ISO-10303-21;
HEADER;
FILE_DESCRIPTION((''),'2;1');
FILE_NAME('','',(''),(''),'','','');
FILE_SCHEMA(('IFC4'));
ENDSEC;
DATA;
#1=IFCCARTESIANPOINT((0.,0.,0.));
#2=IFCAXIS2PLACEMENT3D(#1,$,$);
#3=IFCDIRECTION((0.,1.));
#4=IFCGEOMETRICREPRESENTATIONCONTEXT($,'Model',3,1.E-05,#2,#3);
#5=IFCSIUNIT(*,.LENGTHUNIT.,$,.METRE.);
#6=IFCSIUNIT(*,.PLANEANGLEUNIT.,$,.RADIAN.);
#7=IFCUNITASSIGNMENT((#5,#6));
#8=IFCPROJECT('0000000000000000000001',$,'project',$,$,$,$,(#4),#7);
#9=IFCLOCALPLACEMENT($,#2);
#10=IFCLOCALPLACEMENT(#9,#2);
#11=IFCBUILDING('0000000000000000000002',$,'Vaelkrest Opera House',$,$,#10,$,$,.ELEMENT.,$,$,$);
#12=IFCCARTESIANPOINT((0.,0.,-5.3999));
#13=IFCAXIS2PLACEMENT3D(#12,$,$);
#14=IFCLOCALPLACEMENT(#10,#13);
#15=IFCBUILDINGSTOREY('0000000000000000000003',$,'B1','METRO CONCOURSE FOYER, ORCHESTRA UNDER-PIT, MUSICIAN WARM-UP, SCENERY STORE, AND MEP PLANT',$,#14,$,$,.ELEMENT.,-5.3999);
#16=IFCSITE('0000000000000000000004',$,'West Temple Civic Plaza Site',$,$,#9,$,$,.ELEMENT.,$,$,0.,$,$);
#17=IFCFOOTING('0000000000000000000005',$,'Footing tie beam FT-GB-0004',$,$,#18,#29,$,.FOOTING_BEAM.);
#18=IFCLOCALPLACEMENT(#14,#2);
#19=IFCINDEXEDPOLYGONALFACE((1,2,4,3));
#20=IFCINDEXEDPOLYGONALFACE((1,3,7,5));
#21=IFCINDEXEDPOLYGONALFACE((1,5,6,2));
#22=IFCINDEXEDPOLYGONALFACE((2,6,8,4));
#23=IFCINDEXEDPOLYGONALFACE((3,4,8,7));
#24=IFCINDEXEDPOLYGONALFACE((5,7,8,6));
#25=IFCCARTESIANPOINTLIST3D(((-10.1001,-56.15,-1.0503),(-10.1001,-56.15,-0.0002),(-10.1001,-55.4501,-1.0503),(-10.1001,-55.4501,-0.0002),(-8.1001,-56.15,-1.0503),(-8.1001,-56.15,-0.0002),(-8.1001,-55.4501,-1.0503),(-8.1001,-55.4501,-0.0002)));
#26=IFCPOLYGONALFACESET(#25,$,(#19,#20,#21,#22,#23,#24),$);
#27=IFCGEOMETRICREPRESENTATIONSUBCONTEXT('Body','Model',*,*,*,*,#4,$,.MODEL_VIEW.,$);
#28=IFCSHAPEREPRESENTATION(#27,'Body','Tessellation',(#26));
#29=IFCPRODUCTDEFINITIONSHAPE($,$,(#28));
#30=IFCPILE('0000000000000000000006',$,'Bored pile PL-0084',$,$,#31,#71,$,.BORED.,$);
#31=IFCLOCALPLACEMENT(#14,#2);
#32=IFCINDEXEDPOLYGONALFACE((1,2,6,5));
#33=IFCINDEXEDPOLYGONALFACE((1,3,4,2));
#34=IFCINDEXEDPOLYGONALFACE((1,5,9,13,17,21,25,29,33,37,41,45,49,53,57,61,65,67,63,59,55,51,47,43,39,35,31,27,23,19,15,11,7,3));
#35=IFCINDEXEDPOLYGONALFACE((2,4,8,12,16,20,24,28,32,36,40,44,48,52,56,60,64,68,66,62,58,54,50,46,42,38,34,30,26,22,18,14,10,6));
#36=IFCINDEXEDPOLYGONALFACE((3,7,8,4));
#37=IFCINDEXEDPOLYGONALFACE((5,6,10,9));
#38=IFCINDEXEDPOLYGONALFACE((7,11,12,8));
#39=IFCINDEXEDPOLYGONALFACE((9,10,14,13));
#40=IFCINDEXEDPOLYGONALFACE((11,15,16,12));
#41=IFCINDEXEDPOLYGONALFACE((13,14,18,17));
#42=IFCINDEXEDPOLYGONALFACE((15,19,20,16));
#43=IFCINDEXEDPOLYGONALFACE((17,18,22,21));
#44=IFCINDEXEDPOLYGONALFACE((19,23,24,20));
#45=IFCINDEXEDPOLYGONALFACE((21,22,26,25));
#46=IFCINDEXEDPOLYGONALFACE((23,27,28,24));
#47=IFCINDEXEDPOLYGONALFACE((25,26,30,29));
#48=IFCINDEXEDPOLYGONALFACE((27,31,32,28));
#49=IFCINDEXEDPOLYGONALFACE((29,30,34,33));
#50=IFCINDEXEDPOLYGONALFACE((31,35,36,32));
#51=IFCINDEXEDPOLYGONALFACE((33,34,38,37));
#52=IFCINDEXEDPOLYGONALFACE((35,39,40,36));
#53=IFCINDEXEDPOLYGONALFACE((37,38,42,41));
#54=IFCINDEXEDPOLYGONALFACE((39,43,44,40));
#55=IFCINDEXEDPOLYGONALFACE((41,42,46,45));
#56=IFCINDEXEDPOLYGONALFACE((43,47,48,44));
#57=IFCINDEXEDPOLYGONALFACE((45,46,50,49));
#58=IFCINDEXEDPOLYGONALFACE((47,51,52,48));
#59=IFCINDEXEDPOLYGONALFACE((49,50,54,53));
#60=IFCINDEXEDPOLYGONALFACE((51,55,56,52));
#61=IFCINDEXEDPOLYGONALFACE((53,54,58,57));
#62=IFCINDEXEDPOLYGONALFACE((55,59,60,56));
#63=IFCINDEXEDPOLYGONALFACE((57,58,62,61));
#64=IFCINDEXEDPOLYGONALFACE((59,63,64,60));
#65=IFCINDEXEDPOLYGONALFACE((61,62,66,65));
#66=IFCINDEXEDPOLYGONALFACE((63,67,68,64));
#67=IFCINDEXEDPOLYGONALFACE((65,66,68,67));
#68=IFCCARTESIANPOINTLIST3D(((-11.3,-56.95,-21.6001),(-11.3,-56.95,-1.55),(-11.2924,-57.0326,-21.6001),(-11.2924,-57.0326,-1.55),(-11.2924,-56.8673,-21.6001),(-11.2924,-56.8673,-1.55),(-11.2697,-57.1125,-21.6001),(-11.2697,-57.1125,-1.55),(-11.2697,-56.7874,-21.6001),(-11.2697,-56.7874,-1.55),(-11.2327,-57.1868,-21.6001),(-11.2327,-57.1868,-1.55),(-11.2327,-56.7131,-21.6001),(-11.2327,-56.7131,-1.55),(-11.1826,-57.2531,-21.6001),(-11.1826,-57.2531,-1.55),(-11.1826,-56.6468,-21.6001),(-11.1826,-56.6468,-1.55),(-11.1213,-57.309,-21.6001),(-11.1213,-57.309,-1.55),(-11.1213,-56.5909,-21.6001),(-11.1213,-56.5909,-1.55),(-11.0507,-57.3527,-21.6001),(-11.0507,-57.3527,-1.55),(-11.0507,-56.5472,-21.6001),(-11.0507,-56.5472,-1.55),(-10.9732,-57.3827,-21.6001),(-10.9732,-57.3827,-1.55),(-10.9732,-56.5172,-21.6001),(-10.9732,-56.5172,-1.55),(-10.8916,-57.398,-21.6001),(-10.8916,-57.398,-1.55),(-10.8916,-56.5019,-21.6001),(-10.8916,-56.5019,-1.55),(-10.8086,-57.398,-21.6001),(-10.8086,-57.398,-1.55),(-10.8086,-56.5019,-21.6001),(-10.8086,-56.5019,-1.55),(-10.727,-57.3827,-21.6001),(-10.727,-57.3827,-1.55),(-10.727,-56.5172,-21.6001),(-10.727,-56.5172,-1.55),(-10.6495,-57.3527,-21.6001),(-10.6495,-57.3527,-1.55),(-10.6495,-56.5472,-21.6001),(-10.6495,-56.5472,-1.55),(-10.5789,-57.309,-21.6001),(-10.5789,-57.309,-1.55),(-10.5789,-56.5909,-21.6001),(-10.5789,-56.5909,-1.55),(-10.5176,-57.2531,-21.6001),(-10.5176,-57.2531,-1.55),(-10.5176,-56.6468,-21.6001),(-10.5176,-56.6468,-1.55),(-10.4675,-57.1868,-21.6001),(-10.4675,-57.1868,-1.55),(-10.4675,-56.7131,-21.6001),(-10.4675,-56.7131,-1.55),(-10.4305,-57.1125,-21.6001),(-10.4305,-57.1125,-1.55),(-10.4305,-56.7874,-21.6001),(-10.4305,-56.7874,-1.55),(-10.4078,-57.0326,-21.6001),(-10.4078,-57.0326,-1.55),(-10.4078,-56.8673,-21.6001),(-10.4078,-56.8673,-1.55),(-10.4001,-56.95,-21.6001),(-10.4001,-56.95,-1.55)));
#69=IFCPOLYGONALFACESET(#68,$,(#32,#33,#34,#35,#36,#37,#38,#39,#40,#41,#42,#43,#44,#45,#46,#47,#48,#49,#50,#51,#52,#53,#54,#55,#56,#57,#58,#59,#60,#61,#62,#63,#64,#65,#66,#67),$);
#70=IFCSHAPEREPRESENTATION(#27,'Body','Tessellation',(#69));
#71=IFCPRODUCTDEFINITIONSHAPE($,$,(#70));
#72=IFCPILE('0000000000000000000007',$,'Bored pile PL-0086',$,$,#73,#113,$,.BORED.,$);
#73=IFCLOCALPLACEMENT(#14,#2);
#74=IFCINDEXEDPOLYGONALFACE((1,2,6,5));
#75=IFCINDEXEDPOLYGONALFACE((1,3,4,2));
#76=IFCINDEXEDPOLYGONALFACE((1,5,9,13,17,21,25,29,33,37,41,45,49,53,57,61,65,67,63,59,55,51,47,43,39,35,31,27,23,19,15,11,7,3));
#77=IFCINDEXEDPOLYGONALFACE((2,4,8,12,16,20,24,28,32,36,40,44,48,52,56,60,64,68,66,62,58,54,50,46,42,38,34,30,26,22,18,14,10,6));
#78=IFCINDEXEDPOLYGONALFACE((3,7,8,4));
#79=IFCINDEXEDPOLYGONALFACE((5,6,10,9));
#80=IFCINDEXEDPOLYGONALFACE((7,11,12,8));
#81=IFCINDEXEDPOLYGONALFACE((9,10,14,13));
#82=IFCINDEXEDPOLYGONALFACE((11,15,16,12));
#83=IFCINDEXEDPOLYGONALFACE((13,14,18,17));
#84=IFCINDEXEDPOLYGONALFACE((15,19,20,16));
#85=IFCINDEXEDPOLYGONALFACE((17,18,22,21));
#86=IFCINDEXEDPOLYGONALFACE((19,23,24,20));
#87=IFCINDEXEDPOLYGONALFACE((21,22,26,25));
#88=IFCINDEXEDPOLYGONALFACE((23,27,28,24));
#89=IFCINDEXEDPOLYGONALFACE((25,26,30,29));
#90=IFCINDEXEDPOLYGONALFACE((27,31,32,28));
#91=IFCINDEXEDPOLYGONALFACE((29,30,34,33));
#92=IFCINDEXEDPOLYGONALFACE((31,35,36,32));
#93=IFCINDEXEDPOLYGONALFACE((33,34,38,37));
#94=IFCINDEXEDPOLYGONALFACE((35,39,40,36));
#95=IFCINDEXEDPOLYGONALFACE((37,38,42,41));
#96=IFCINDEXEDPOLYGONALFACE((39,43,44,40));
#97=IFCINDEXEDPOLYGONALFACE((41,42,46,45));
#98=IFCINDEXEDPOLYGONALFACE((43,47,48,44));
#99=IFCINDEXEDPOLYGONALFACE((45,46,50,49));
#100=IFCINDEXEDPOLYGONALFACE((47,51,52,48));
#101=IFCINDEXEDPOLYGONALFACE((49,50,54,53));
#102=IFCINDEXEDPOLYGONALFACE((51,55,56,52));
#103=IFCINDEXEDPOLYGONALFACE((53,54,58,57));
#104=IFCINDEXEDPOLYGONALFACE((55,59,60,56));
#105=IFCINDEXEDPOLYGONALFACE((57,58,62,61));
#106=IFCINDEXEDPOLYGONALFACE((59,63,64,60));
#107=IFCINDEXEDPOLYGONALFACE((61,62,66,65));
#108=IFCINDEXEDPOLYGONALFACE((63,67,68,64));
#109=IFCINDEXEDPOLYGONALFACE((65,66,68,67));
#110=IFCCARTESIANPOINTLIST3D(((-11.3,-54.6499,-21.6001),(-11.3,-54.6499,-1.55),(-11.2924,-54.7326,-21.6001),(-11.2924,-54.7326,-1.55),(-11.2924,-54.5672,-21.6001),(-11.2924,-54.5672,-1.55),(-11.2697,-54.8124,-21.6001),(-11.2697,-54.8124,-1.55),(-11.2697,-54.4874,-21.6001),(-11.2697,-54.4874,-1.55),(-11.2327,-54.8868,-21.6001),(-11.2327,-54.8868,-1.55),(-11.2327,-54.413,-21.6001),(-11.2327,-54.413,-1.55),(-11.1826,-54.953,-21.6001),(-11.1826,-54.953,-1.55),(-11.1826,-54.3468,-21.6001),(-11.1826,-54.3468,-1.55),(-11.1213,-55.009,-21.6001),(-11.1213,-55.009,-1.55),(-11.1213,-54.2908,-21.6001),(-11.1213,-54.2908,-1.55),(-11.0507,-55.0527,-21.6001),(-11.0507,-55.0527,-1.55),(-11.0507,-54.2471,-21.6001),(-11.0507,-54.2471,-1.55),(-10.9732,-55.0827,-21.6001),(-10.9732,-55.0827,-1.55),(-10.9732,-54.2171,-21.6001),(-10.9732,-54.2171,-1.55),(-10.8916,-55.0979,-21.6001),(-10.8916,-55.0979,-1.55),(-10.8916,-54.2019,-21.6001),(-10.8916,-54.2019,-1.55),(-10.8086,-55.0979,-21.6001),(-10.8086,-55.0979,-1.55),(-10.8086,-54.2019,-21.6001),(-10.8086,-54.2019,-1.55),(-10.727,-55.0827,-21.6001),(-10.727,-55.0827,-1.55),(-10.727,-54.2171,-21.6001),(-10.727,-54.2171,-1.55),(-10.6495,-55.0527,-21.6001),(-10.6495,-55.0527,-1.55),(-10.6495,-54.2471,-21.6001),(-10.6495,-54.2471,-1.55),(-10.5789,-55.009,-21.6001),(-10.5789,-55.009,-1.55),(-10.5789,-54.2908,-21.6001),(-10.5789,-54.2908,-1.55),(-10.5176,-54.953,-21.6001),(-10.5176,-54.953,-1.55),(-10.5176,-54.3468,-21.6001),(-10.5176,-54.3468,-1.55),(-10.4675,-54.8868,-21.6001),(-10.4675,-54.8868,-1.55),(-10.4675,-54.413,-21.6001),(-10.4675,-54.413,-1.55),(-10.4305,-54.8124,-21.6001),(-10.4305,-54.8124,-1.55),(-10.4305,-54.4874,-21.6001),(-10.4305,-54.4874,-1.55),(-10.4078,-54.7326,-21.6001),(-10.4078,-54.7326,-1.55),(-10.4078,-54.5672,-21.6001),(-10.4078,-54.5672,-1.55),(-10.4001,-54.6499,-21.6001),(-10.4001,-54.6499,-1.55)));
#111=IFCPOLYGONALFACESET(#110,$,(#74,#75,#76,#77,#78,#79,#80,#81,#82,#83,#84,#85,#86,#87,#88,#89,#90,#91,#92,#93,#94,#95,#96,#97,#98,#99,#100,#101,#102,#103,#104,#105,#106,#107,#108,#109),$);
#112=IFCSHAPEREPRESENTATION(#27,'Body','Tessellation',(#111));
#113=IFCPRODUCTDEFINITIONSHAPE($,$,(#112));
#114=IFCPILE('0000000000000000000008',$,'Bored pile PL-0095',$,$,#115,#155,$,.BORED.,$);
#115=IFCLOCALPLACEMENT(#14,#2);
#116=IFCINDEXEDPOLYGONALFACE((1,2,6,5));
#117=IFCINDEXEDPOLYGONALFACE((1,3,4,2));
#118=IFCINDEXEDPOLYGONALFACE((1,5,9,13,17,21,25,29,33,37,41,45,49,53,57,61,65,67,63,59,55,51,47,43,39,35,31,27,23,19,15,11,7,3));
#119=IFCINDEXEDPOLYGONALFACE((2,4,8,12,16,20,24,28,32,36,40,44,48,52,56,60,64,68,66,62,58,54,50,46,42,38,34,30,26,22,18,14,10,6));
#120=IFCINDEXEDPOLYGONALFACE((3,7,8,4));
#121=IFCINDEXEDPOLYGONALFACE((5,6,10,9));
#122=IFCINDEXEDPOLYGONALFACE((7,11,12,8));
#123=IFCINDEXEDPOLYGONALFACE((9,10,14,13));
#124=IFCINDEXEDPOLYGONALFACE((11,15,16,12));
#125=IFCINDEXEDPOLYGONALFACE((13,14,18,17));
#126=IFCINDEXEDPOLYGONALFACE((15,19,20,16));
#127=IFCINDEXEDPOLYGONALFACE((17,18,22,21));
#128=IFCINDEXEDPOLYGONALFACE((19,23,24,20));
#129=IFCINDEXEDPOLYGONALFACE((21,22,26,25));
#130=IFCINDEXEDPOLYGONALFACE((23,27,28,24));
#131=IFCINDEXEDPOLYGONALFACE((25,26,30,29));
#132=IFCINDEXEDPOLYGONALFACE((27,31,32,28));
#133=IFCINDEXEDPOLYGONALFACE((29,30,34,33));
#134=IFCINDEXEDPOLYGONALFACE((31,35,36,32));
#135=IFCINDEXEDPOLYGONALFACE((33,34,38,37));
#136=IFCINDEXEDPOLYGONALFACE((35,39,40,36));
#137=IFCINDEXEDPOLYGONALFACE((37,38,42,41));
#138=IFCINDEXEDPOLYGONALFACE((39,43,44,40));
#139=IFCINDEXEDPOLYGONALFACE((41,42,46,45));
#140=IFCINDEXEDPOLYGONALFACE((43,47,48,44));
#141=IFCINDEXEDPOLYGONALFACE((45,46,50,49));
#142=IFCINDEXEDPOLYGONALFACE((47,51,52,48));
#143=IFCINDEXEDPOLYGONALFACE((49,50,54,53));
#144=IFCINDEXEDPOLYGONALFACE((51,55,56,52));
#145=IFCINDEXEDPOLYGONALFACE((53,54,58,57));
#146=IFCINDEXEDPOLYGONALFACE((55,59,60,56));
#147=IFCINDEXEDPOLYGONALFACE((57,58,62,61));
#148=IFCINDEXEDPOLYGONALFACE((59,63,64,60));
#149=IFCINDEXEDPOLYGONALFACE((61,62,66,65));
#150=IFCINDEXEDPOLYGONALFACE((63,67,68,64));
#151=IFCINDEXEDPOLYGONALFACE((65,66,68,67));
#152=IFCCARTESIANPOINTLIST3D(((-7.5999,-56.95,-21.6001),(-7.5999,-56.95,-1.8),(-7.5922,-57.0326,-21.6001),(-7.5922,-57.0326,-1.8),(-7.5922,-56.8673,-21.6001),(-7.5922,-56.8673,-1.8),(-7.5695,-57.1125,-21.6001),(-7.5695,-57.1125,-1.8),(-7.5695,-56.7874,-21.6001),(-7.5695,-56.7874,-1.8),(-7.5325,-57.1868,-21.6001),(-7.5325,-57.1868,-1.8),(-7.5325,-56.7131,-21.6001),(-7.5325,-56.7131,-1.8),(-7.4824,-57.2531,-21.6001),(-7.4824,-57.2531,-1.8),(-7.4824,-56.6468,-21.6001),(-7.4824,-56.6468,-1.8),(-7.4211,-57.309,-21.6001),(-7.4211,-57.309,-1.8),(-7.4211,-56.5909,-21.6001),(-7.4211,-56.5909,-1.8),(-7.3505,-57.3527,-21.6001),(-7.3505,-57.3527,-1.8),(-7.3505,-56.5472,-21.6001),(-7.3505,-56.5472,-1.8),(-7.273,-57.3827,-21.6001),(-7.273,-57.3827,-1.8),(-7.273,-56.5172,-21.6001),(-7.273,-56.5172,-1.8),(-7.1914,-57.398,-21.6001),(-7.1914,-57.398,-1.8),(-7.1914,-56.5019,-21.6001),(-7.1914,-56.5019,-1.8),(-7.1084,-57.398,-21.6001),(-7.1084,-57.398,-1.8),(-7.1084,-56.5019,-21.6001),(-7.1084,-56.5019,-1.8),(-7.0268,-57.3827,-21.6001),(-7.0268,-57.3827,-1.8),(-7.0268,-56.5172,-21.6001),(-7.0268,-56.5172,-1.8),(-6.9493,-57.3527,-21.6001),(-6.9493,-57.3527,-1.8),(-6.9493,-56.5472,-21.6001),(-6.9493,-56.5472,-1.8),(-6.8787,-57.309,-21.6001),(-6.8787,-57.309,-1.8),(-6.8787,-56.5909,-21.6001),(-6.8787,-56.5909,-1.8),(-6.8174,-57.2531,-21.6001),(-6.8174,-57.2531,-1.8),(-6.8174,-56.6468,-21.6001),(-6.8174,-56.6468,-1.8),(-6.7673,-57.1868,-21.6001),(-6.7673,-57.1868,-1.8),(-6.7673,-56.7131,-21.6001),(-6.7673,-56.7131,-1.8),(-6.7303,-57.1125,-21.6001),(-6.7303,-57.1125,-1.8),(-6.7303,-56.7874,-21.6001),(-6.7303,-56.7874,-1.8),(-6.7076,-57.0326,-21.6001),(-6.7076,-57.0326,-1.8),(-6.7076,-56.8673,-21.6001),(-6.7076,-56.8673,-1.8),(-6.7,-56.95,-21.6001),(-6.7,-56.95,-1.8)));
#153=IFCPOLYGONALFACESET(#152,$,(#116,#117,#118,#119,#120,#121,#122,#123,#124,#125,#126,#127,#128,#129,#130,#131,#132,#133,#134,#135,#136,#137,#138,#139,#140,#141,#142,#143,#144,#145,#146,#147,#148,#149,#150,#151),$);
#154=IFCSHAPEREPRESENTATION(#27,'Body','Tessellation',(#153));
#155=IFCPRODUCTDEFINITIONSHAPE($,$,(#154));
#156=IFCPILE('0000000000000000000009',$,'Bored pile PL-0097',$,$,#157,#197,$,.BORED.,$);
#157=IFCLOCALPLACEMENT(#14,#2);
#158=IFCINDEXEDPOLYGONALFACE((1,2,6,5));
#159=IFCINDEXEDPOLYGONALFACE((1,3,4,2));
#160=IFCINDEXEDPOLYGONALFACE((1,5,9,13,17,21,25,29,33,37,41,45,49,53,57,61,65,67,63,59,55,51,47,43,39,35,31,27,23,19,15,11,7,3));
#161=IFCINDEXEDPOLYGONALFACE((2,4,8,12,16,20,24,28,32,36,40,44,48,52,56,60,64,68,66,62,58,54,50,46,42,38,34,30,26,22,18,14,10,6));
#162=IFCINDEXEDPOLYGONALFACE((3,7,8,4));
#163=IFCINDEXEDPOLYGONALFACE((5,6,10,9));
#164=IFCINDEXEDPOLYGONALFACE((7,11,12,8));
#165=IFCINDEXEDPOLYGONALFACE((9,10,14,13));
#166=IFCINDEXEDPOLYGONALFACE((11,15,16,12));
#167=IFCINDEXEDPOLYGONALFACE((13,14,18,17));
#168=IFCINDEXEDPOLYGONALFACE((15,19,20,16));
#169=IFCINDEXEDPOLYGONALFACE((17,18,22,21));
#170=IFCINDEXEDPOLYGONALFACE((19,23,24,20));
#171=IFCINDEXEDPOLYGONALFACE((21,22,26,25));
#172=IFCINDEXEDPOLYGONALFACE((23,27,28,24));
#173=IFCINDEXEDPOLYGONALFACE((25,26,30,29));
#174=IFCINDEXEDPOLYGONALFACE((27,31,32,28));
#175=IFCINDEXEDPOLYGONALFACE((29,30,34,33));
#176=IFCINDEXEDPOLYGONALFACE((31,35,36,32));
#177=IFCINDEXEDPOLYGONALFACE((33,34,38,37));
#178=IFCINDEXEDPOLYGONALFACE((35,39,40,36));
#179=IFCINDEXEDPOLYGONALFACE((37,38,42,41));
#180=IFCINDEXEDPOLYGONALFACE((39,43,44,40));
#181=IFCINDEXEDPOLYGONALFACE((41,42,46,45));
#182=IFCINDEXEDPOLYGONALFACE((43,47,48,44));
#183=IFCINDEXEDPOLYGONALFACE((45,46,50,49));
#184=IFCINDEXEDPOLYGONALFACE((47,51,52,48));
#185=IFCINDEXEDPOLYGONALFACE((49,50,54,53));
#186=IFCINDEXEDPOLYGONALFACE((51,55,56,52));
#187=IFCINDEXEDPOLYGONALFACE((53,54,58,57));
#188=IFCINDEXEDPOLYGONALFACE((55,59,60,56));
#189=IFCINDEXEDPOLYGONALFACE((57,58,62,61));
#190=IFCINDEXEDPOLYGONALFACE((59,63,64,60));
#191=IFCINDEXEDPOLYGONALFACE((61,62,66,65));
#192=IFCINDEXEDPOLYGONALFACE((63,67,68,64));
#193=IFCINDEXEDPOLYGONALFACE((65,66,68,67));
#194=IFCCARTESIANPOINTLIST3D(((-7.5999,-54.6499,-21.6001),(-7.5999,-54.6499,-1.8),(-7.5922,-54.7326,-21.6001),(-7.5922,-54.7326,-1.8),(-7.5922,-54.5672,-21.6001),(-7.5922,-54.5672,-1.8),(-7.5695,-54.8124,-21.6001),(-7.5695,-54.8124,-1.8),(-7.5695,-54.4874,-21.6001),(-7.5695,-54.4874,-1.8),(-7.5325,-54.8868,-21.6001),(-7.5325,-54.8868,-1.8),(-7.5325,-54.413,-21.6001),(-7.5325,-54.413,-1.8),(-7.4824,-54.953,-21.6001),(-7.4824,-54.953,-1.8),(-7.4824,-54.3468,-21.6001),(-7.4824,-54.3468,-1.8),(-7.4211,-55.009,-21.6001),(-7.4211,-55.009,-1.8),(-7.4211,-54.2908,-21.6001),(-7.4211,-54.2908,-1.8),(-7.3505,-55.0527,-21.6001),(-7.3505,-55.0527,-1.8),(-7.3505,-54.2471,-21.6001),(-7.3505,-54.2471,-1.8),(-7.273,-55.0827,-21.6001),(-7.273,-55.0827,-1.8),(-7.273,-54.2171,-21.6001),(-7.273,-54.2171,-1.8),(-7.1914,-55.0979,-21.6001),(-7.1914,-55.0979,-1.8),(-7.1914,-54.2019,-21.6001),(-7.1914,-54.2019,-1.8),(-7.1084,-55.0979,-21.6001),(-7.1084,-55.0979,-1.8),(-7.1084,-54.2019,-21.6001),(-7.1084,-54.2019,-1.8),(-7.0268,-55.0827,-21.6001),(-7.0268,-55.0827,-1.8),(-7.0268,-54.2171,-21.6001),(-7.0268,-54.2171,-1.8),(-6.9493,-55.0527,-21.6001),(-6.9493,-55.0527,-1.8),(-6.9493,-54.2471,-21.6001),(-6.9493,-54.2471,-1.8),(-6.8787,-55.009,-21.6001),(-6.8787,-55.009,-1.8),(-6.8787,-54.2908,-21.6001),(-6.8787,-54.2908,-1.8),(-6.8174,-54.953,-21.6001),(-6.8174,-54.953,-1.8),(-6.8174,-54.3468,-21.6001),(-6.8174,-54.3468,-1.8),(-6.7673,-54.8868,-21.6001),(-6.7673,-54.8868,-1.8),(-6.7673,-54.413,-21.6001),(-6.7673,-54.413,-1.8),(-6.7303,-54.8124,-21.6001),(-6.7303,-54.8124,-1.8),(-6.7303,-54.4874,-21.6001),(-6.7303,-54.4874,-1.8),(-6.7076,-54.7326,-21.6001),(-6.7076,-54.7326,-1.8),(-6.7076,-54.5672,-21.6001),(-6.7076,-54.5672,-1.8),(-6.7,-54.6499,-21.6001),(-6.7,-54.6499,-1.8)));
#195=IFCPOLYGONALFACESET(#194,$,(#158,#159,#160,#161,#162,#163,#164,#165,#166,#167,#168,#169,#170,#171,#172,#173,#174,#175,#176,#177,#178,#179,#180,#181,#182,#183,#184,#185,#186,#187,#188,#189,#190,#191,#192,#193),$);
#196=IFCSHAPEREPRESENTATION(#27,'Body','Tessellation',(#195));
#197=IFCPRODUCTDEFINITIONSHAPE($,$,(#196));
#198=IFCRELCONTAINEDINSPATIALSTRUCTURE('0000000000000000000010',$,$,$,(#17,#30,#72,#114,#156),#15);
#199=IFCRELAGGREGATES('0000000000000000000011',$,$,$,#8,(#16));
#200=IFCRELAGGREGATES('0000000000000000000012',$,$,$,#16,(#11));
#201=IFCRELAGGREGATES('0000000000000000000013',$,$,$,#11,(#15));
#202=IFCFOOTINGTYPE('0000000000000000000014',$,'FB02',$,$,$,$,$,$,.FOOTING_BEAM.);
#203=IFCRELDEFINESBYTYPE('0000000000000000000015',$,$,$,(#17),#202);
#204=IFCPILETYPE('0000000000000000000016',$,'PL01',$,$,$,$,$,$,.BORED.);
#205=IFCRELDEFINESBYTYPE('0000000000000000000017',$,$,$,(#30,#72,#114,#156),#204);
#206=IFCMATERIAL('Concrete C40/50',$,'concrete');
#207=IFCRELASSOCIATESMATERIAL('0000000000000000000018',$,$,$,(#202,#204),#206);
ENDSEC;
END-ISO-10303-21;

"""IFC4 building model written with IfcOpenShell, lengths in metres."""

from ifc_helpers import new_model, si_unit, direction, frame, origin, origin_2d, place, context, subcontext, project, spatial, rectangle, circle, extrude, material, material_profile, profile_set, type_object, element, save


model = new_model("IFC4")

# Units and contexts
model_context = context("Model", 3, precision=1e-05, world=origin(), true_north=direction((0.0, 1.0)))
body_context = subcontext(model_context, "Body", "Model", "MODEL_VIEW")
ifc_project = project(units=[si_unit("LENGTHUNIT", "METRE"), si_unit("PLANEANGLEUNIT", "RADIAN")], contexts=[model_context])

# Site, building, storey
site_placement = place(None, origin())
site = spatial("IfcSite", under=ifc_project, at=site_placement, Name="West Temple Civic Plaza Site", CompositionType="ELEMENT", RefElevation=0.0)
building_placement = place(site_placement, origin())
building = spatial("IfcBuilding", under=site, at=building_placement, Name="Vaelkrest Opera House", CompositionType="ELEMENT")
storey_placement = place(building_placement, frame((0.0, 0.0, -5.3999)))
storey = spatial("IfcBuildingStorey", under=building, at=storey_placement, Name="B1", Description="METRO CONCOURSE FOYER, ORCHESTRA UNDER-PIT, MUSICIAN WARM-UP, SCENERY STORE, AND MEP PLANT", CompositionType="ELEMENT", Elevation=-5.3999)

# Footing
ifc_material_1 = material(Name="Concrete C40/50", Category="concrete")
footing_type = type_object("IfcFootingType", Name="FB02", PredefinedType="FOOTING_BEAM", material=ifc_material_1)
footing_placement = place(storey_placement, frame((-9.1001, -55.8, -1.0503), z_axis=(0.0, 0.0, 1.0), x_axis=(1.0, 0.0, 0.0)))
element("IfcFooting", 1, at=footing_placement, inside=storey, type_object=footing_type, Name="Footing tie beam FT-GB-0004", PredefinedType="FOOTING_BEAM", context=body_context, shape_type="SweptSolid", body=[
    extrude(rectangle(XDim=2.0, YDim=0.7, at=origin_2d()), origin(), (0.0, 0.0, 1.0), 1.05),
])

# Piles
ifc_material_profile_1 = material_profile(ifc_material_1, circle(Radius=0.45, at=origin_2d()), Name="PILE900")
ifc_profile_set_1 = profile_set([ifc_material_profile_1], Name="Concrete C40/50")
pile_type = type_object("IfcPileType", Name="PL01", PredefinedType="BORED", material=ifc_profile_set_1)
for number, where, z_axis, x_axis, name in (
    (2, (-10.8501, -56.95, -1.55), (0.0, 0.0, -1.0), (1.0, 0.0, 0.0), "Bored pile PL-0084"),
    (3, (-10.8501, -54.6499, -1.55), (0.0, 0.0, -1.0), (1.0, 0.0, 0.0), "Bored pile PL-0086"),
):
    element("IfcPile", number, at=place(storey_placement, frame(where, z_axis=z_axis, x_axis=x_axis)), inside=storey, type_object=pile_type, Name=name, PredefinedType="BORED", context=body_context, shape_type="SweptSolid", body=[
        extrude(circle(Radius=0.45, at=origin_2d()), origin(), (0.0, 0.0, 1.0), 20.05),
    ])
for number, where, z_axis, x_axis, name in (
    (4, (-7.1499, -56.95, -1.8), (0.0, 0.0, -1.0), (1.0, 0.0, 0.0), "Bored pile PL-0095"),
    (5, (-7.1499, -54.6499, -1.8), (0.0, 0.0, -1.0), (1.0, 0.0, 0.0), "Bored pile PL-0097"),
):
    element("IfcPile", number, at=place(storey_placement, frame(where, z_axis=z_axis, x_axis=x_axis)), inside=storey, type_object=pile_type, Name=name, PredefinedType="BORED", context=body_context, shape_type="SweptSolid", body=[
        extrude(circle(Radius=0.45, at=origin_2d()), origin(), (0.0, 0.0, 1.0), 19.8),
    ])

save(model, "model.ifc")
